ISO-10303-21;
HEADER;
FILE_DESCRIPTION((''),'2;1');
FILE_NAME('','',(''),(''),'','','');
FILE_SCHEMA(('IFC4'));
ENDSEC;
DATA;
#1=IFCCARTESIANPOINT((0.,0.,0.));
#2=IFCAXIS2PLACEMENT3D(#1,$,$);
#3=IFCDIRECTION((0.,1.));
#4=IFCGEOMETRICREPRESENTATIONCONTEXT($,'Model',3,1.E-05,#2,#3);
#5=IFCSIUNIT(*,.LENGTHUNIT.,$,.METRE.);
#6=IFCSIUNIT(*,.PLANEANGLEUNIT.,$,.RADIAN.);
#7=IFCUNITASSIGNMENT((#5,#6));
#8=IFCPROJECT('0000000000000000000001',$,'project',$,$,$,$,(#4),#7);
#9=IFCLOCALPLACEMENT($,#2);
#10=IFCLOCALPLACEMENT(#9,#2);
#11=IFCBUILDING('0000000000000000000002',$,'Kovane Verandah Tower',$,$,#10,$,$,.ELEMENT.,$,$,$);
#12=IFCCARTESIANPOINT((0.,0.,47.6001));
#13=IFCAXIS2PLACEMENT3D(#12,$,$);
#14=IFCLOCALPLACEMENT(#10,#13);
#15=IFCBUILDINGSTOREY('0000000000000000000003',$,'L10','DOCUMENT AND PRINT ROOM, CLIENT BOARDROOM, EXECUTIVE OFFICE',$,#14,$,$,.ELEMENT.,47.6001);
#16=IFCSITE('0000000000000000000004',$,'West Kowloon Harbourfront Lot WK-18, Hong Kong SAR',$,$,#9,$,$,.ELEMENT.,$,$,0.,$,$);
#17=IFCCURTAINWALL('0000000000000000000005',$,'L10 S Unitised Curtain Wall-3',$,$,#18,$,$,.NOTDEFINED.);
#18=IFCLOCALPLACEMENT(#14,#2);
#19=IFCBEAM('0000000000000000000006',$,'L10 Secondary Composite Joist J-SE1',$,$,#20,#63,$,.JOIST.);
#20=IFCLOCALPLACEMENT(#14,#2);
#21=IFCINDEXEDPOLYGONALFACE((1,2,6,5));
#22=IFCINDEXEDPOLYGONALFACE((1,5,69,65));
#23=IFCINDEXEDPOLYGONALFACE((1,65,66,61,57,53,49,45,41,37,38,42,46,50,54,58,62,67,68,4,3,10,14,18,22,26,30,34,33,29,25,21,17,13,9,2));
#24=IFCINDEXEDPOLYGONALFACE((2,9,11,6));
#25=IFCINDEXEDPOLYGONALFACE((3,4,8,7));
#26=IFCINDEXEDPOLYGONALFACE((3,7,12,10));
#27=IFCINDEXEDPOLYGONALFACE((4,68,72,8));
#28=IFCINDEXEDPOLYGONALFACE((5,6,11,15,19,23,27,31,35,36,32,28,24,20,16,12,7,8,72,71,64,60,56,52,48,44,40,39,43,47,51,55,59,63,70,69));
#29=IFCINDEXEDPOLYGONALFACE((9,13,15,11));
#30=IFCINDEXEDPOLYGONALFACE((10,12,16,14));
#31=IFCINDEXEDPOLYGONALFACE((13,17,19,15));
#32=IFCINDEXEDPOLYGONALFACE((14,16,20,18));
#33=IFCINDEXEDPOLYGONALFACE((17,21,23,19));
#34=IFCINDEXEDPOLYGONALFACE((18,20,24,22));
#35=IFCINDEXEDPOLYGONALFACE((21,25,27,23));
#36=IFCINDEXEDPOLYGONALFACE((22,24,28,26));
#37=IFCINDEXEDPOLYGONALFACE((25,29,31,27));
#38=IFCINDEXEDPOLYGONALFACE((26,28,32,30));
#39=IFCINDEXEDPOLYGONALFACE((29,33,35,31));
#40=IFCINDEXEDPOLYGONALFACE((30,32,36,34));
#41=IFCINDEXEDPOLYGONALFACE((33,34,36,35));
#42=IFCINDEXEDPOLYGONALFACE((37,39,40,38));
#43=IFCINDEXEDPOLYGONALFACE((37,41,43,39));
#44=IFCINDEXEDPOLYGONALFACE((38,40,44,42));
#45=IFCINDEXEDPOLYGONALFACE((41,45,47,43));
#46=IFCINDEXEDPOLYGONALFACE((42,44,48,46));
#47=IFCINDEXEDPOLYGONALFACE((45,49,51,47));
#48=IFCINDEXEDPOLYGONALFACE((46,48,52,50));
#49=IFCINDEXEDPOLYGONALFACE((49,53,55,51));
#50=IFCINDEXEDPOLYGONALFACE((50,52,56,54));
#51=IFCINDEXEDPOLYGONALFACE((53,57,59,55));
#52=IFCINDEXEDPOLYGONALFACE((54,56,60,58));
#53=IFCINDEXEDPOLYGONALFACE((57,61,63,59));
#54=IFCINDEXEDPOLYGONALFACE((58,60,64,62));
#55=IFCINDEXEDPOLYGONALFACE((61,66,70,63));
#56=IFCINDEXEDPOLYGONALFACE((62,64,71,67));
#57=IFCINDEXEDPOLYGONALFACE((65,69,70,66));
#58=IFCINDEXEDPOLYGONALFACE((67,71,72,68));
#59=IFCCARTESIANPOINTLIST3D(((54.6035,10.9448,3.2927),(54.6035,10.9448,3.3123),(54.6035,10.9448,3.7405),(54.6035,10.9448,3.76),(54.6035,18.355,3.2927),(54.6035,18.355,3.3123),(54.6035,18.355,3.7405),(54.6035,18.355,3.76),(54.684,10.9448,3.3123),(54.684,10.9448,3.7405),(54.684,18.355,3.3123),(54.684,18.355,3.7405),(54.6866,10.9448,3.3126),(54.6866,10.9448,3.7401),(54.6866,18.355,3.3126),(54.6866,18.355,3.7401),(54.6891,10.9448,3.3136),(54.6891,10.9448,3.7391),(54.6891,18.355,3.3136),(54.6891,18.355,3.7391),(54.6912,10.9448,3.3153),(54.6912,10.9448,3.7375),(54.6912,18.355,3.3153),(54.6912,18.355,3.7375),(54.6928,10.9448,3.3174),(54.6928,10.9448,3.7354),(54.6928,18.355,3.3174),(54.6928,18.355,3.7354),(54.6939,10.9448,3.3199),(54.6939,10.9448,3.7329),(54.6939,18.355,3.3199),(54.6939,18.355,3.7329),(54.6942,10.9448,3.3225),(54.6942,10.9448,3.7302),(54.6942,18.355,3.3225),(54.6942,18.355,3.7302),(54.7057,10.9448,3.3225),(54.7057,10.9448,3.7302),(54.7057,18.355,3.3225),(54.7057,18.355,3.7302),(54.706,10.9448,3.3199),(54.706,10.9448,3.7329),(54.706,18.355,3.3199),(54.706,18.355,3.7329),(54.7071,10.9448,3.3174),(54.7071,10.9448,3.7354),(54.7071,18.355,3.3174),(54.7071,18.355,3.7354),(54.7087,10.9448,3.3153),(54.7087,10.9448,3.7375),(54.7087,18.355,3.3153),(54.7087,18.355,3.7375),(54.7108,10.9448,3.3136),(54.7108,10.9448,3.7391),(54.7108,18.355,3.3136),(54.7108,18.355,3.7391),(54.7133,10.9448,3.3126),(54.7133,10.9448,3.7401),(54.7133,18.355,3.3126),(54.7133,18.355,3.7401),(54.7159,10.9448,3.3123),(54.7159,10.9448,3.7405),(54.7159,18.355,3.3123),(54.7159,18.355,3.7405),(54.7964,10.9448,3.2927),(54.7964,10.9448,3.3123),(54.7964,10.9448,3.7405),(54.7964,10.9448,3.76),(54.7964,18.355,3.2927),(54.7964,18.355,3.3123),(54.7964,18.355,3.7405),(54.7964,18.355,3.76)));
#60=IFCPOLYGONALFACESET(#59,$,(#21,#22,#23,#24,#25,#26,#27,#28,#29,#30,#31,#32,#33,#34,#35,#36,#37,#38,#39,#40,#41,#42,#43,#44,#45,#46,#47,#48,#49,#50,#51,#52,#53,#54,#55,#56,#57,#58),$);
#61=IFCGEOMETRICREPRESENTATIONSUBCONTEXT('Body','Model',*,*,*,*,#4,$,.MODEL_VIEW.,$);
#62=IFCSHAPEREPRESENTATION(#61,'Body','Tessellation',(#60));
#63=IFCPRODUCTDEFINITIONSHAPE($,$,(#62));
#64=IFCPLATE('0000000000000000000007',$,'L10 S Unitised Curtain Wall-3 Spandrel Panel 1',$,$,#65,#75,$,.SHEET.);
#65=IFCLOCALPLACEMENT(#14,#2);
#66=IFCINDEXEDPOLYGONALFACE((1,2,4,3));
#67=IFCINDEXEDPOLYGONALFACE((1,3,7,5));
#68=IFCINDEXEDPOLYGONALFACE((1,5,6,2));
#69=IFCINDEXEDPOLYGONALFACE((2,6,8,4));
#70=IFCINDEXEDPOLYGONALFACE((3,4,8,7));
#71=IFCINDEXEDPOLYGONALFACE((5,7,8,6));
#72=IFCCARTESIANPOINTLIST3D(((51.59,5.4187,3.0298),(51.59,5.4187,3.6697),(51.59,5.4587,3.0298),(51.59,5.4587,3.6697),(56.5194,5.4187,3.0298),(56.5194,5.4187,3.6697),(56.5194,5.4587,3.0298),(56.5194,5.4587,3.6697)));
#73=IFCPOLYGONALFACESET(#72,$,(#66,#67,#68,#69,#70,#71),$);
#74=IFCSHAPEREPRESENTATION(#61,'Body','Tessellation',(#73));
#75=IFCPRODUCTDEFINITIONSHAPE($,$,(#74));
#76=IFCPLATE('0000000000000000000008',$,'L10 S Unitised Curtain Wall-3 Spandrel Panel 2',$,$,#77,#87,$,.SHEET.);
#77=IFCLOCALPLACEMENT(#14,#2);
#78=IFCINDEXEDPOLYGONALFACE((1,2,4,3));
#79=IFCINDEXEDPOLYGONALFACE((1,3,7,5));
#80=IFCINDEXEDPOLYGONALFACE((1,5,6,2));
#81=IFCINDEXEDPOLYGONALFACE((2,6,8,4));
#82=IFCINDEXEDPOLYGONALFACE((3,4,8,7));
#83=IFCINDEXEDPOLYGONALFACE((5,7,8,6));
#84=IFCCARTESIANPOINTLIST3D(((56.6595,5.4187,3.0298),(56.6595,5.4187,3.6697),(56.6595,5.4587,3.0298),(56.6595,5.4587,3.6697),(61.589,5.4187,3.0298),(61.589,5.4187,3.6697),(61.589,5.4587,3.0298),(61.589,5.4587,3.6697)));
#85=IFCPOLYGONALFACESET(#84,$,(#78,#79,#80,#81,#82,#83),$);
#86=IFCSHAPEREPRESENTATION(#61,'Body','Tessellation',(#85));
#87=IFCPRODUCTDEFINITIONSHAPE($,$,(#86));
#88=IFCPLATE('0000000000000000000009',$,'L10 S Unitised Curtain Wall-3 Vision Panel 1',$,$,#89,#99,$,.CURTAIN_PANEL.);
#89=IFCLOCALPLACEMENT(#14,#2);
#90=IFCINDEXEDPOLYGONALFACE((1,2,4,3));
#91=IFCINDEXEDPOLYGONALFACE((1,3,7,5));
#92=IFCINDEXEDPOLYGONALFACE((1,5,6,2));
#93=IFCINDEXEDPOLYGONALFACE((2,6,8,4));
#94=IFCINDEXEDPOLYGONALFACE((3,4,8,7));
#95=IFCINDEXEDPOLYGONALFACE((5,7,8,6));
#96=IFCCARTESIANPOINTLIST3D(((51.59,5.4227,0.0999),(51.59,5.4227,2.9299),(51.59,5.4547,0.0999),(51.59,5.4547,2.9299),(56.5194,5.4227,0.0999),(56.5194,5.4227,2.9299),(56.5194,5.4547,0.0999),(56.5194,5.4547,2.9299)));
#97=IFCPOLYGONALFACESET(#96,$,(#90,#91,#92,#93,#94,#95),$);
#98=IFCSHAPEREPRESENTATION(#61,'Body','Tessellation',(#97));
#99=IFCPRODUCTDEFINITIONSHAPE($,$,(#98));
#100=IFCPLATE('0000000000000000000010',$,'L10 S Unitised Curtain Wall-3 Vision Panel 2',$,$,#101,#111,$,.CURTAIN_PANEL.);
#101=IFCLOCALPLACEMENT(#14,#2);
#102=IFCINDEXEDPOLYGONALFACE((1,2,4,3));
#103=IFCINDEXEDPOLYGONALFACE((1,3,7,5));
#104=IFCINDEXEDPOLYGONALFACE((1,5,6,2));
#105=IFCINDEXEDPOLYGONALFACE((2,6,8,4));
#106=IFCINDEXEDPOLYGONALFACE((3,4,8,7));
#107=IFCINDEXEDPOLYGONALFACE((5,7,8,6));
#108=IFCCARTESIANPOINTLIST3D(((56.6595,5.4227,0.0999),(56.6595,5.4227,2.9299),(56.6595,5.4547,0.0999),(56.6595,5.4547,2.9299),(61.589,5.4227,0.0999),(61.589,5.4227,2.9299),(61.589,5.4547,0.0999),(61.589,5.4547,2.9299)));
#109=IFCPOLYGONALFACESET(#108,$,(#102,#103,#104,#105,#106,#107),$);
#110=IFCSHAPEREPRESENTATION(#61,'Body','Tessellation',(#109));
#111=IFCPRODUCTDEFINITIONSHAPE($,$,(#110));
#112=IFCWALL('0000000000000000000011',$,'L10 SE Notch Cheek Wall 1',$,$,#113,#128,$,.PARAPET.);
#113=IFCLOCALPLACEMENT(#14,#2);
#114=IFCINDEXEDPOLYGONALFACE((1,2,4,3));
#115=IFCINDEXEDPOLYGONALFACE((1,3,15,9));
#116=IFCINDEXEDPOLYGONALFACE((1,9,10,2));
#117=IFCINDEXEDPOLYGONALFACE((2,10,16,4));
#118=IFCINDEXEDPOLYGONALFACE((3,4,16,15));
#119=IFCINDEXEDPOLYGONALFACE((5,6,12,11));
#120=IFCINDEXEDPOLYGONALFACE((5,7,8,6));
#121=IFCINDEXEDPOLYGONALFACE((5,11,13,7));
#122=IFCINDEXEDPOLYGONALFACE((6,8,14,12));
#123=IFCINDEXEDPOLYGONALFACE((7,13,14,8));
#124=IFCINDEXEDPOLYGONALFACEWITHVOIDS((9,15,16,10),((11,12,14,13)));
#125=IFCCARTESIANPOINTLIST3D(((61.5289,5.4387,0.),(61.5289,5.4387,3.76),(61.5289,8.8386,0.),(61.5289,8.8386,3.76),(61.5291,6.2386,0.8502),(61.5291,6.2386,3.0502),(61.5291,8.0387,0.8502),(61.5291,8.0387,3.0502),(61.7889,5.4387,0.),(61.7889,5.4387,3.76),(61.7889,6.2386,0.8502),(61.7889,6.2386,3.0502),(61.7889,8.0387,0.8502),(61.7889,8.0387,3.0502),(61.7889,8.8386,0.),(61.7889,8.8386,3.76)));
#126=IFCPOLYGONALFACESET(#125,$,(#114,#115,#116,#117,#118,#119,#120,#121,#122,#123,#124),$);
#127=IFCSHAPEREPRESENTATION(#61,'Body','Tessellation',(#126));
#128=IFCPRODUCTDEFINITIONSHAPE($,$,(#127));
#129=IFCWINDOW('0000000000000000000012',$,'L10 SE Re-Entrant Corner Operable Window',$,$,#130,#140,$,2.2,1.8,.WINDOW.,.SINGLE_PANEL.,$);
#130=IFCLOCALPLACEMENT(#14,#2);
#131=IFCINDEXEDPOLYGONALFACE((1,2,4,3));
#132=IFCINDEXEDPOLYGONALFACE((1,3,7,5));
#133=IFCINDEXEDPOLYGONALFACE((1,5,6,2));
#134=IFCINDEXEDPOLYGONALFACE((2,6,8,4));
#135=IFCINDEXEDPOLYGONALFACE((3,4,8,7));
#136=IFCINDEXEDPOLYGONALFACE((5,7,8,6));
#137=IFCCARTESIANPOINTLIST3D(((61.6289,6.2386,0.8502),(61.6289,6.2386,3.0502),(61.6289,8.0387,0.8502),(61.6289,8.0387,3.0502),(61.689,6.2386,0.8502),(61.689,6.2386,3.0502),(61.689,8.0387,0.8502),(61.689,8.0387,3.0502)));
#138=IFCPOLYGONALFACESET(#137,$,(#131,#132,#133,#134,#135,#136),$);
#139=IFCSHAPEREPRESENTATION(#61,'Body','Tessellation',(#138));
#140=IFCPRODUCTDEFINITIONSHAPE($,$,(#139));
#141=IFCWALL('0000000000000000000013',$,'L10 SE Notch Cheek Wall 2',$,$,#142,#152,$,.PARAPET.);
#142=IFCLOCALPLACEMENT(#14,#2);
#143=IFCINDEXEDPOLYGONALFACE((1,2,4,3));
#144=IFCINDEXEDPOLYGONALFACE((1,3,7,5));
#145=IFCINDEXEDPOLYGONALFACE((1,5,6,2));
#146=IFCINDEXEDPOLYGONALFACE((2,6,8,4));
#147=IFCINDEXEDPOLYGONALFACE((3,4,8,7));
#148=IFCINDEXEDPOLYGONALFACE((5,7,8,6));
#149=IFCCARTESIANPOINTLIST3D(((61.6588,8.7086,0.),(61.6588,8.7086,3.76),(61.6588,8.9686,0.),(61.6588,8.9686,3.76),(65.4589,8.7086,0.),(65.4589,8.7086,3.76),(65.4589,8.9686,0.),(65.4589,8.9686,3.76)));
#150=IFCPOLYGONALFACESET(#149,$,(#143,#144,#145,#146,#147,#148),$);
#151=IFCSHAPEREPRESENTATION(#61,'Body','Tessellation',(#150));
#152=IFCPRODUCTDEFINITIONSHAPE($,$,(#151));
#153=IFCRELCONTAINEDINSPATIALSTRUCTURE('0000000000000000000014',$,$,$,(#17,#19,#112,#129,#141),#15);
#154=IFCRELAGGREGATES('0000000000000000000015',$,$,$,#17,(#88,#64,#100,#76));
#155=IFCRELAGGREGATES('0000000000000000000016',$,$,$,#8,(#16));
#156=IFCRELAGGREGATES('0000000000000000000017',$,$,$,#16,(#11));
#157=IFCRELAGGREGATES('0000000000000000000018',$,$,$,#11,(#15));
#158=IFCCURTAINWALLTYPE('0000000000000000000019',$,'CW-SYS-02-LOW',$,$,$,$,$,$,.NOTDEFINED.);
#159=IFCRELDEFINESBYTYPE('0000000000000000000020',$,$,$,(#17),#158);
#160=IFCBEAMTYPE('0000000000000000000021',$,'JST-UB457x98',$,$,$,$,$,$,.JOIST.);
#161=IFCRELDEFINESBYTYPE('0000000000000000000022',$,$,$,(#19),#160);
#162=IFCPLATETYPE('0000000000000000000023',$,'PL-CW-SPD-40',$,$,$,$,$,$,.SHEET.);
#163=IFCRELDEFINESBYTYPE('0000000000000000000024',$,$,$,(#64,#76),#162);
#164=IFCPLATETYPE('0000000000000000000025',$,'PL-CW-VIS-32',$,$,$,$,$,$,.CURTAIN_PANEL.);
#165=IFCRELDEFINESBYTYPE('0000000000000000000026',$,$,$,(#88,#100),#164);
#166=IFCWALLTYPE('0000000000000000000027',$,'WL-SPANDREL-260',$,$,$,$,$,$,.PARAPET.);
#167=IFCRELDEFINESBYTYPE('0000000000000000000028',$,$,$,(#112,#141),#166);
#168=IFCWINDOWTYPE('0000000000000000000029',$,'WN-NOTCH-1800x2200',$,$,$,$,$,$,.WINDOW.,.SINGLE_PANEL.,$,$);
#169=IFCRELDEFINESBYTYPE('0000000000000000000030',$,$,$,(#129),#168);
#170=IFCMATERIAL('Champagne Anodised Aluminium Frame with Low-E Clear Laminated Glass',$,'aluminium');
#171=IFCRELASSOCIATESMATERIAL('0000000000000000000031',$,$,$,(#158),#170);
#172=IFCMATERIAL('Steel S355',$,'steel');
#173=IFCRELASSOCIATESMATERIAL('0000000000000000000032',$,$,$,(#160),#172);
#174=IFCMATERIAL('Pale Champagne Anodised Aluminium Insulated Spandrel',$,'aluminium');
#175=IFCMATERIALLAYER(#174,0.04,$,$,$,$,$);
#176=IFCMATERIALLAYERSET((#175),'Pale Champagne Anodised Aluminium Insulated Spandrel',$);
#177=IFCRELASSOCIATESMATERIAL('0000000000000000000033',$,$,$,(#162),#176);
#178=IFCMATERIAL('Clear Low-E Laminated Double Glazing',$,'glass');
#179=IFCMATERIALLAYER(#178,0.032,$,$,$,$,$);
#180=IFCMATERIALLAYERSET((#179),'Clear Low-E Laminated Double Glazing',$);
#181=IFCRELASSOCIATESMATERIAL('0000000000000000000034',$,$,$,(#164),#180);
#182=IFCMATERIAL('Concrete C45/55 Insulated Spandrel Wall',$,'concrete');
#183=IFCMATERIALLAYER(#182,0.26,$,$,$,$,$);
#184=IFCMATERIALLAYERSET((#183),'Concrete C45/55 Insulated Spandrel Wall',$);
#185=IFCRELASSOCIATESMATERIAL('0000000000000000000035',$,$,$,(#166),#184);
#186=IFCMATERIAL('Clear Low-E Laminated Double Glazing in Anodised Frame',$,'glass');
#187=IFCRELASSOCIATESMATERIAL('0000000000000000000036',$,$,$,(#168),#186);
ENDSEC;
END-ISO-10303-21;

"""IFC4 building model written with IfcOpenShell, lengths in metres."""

from ifc_helpers import new_model, si_unit, direction, frame, frame_2d, origin, origin_2d, place, context, subcontext, project, spatial, rectangle, i_section, extrude, material, layer, layer_set, material_profile, profile_set, type_object, element, fill, aggregate, save


model = new_model("IFC4")

# Units and contexts
model_context = context("Model", 3, precision=1e-05, world=origin(), true_north=direction((0.0, 1.0)))
body_context = subcontext(model_context, "Body", "Model", "MODEL_VIEW")
ifc_project = project(units=[si_unit("LENGTHUNIT", "METRE"), si_unit("PLANEANGLEUNIT", "RADIAN")], contexts=[model_context])

# Site, building, storey
site_placement = place(None, origin())
site = spatial("IfcSite", under=ifc_project, at=site_placement, Name="West Kowloon Harbourfront Lot WK-18, Hong Kong SAR", CompositionType="ELEMENT", RefElevation=0.0)
building_placement = place(site_placement, origin())
building = spatial("IfcBuilding", under=site, at=building_placement, Name="Kovane Verandah Tower", CompositionType="ELEMENT")
storey_placement = place(building_placement, frame((0.0, 0.0, 47.6001)))
storey = spatial("IfcBuildingStorey", under=building, at=storey_placement, Name="L10", Description="DOCUMENT AND PRINT ROOM, CLIENT BOARDROOM, EXECUTIVE OFFICE", CompositionType="ELEMENT", Elevation=47.6001)

# Shared definitions
ifc_material_1 = material(Name="Steel S355", Category="steel")

# Curtain wall
ifc_material_2 = material(Name="Champagne Anodised Aluminium Frame with Low-E Clear Laminated Glass", Category="aluminium")
curtain_wall_type = type_object("IfcCurtainWallType", Name="CW-SYS-02-LOW", PredefinedType="NOTDEFINED", material=ifc_material_2)
curtain_wall_placement = place(storey_placement, origin())
curtain_wall = element("IfcCurtainWall", 1, at=curtain_wall_placement, inside=storey, type_object=curtain_wall_type, Name="L10 S Unitised Curtain Wall-3", PredefinedType="NOTDEFINED")

# Beam
ifc_material_profile_1 = material_profile(ifc_material_1, i_section(OverallWidth=0.1929, OverallDepth=0.4673, WebThickness=0.0115, FlangeThickness=0.0195, FilletRadius=0.0103, at=origin_2d()), Name="UB457x191x98")
ifc_profile_set_1 = profile_set([ifc_material_profile_1], Name="Steel S355")
beam_type_1 = type_object("IfcBeamType", Name="JST-UB457x98", PredefinedType="JOIST", material=ifc_profile_set_1)
beam_1_placement = place(storey_placement, frame((54.7, 10.9448, 3.5264), z_axis=(0.0, 1.0, 0.0), x_axis=(-1.0, 0.0, 0.0)))
element("IfcBeam", 2, at=beam_1_placement, inside=storey, type_object=beam_type_1, Name="L10 Secondary Composite Joist J-SE1", PredefinedType="JOIST", context=body_context, shape_type="SweptSolid", body=[
    extrude(i_section(OverallWidth=0.1929, OverallDepth=0.4673, WebThickness=0.0115, FlangeThickness=0.0195, FilletRadius=0.0103, at=origin_2d()), origin(), (0.0, 0.0, 1.0), 7.4102),
])

# Plates
ifc_material_3 = material(Name="Pale Champagne Anodised Aluminium Insulated Spandrel", Category="aluminium")
ifc_layer_1 = layer(ifc_material_3, 0.04)
ifc_layer_set_1 = layer_set([ifc_layer_1], Name="Pale Champagne Anodised Aluminium Insulated Spandrel")
plate_type_1 = type_object("IfcPlateType", Name="PL-CW-SPD-40", PredefinedType="SHEET", material=ifc_layer_set_1)
plate_1_placement = place(storey_placement, frame((54.0547, 5.4387, 3.0298), z_axis=(0.0, 0.0, 1.0), x_axis=(1.0, 0.0, 0.0)))
plate_1 = element("IfcPlate", 3, at=plate_1_placement, type_object=plate_type_1, Name="L10 S Unitised Curtain Wall-3 Spandrel Panel 1", PredefinedType="SHEET", context=body_context, shape_type="SweptSolid", body=[
    extrude(rectangle(XDim=4.9294, YDim=0.04, at=origin_2d()), origin(), (0.0, 0.0, 1.0), 0.6399),
])
plate_2_placement = place(storey_placement, frame((59.1243, 5.4387, 3.0298), z_axis=(0.0, 0.0, 1.0), x_axis=(1.0, 0.0, 0.0)))
plate_2 = element("IfcPlate", 4, at=plate_2_placement, type_object=plate_type_1, Name="L10 S Unitised Curtain Wall-3 Spandrel Panel 2", PredefinedType="SHEET", context=body_context, shape_type="SweptSolid", body=[
    extrude(rectangle(XDim=4.9294, YDim=0.04, at=origin_2d()), origin(), (0.0, 0.0, 1.0), 0.6399),
])
ifc_material_4 = material(Name="Clear Low-E Laminated Double Glazing", Category="glass")
ifc_layer_2 = layer(ifc_material_4, 0.032)
ifc_layer_set_2 = layer_set([ifc_layer_2], Name="Clear Low-E Laminated Double Glazing")
plate_type_2 = type_object("IfcPlateType", Name="PL-CW-VIS-32", PredefinedType="CURTAIN_PANEL", material=ifc_layer_set_2)
plate_3_placement = place(storey_placement, frame((54.0547, 5.4387, 0.0999), z_axis=(0.0, 0.0, 1.0), x_axis=(1.0, 0.0, 0.0)))
plate_3 = element("IfcPlate", 5, at=plate_3_placement, type_object=plate_type_2, Name="L10 S Unitised Curtain Wall-3 Vision Panel 1", PredefinedType="CURTAIN_PANEL", context=body_context, shape_type="SweptSolid", body=[
    extrude(rectangle(XDim=4.9294, YDim=0.032, at=origin_2d()), origin(), (0.0, 0.0, 1.0), 2.8301),
])
plate_4_placement = place(storey_placement, frame((59.1243, 5.4387, 0.0999), z_axis=(0.0, 0.0, 1.0), x_axis=(1.0, 0.0, 0.0)))
plate_4 = element("IfcPlate", 6, at=plate_4_placement, type_object=plate_type_2, Name="L10 S Unitised Curtain Wall-3 Vision Panel 2", PredefinedType="CURTAIN_PANEL", context=body_context, shape_type="SweptSolid", body=[
    extrude(rectangle(XDim=4.9294, YDim=0.032, at=origin_2d()), origin(), (0.0, 0.0, 1.0), 2.8301),
])
aggregate(curtain_wall, [plate_3, plate_1, plate_4, plate_2])

# Shared definitions
ifc_material_5 = material(Name="Concrete C45/55 Insulated Spandrel Wall", Category="concrete")
ifc_layer_3 = layer(ifc_material_5, 0.26)
ifc_layer_set_3 = layer_set([ifc_layer_3], Name="Concrete C45/55 Insulated Spandrel Wall")
wall_type = type_object("IfcWallType", Name="WL-SPANDREL-260", PredefinedType="PARAPET", material=ifc_layer_set_3)
ifc_material_6 = material(Name="Clear Low-E Laminated Double Glazing in Anodised Frame", Category="glass")
window_type = type_object("IfcWindowType", Name="WN-NOTCH-1800x2200", PartitioningType="SINGLE_PANEL", PredefinedType="WINDOW", material=ifc_material_6)

# Wall, opening, window
wall_1_placement = place(storey_placement, frame((61.6589, 5.4387, 0.0), z_axis=(0.0, 0.0, 1.0), x_axis=(0.0, 1.0, 0.0)))
wall_1 = element("IfcWall", 7, at=wall_1_placement, inside=storey, type_object=wall_type, Name="L10 SE Notch Cheek Wall 1", PredefinedType="PARAPET", context=body_context, shape_type="SweptSolid", body=[
    extrude(rectangle(XDim=3.3999, YDim=0.26, at=frame_2d((1.7, 0.0))), origin(), (0.0, 0.0, 1.0), 3.76),
])
opening_1_placement = place(wall_1_placement, frame((0.8, 0.0, 0.8501)))
opening_1 = element("IfcOpeningElement", 8, at=opening_1_placement, cuts=wall_1, PredefinedType="OPENING", context=body_context, shape_type="SweptSolid", body=[
    extrude(rectangle(XDim=1.8, YDim=2.2, at=frame_2d((0.8999, 1.1001))), frame((0.0, 0.1299, 0.0), z_axis=(0.0, -1.0, 0.0), x_axis=(1.0, 0.0, 0.0)), (0.0, 0.0, 1.0), 0.26),
])
window_1_placement = place(opening_1_placement, origin())
window_1 = element("IfcWindow", 9, at=window_1_placement, inside=storey, type_object=window_type, Name="L10 SE Re-Entrant Corner Operable Window", OverallHeight=2.2, OverallWidth=1.8, PartitioningType="SINGLE_PANEL", PredefinedType="WINDOW", context=body_context, shape_type="SweptSolid", body=[
    extrude(rectangle(XDim=1.8, YDim=2.2, at=frame_2d((0.8999, 1.1001))), frame((0.0, 0.03, 0.0), z_axis=(0.0, -1.0, 0.0), x_axis=(1.0, 0.0, 0.0)), (0.0, 0.0, 1.0), 0.0601),
])
fill(opening_1, window_1)

# Wall
wall_2_placement = place(storey_placement, frame((61.6589, 8.8386, 0.0), z_axis=(0.0, 0.0, 1.0), x_axis=(1.0, 0.0, 0.0)))
element("IfcWall", 10, at=wall_2_placement, inside=storey, type_object=wall_type, Name="L10 SE Notch Cheek Wall 2", PredefinedType="PARAPET", context=body_context, shape_type="SweptSolid", body=[
    extrude(rectangle(XDim=3.8, YDim=0.26, at=frame_2d((1.8999, 0.0))), origin(), (0.0, 0.0, 1.0), 3.76),
])

save(model, "model.ifc")
